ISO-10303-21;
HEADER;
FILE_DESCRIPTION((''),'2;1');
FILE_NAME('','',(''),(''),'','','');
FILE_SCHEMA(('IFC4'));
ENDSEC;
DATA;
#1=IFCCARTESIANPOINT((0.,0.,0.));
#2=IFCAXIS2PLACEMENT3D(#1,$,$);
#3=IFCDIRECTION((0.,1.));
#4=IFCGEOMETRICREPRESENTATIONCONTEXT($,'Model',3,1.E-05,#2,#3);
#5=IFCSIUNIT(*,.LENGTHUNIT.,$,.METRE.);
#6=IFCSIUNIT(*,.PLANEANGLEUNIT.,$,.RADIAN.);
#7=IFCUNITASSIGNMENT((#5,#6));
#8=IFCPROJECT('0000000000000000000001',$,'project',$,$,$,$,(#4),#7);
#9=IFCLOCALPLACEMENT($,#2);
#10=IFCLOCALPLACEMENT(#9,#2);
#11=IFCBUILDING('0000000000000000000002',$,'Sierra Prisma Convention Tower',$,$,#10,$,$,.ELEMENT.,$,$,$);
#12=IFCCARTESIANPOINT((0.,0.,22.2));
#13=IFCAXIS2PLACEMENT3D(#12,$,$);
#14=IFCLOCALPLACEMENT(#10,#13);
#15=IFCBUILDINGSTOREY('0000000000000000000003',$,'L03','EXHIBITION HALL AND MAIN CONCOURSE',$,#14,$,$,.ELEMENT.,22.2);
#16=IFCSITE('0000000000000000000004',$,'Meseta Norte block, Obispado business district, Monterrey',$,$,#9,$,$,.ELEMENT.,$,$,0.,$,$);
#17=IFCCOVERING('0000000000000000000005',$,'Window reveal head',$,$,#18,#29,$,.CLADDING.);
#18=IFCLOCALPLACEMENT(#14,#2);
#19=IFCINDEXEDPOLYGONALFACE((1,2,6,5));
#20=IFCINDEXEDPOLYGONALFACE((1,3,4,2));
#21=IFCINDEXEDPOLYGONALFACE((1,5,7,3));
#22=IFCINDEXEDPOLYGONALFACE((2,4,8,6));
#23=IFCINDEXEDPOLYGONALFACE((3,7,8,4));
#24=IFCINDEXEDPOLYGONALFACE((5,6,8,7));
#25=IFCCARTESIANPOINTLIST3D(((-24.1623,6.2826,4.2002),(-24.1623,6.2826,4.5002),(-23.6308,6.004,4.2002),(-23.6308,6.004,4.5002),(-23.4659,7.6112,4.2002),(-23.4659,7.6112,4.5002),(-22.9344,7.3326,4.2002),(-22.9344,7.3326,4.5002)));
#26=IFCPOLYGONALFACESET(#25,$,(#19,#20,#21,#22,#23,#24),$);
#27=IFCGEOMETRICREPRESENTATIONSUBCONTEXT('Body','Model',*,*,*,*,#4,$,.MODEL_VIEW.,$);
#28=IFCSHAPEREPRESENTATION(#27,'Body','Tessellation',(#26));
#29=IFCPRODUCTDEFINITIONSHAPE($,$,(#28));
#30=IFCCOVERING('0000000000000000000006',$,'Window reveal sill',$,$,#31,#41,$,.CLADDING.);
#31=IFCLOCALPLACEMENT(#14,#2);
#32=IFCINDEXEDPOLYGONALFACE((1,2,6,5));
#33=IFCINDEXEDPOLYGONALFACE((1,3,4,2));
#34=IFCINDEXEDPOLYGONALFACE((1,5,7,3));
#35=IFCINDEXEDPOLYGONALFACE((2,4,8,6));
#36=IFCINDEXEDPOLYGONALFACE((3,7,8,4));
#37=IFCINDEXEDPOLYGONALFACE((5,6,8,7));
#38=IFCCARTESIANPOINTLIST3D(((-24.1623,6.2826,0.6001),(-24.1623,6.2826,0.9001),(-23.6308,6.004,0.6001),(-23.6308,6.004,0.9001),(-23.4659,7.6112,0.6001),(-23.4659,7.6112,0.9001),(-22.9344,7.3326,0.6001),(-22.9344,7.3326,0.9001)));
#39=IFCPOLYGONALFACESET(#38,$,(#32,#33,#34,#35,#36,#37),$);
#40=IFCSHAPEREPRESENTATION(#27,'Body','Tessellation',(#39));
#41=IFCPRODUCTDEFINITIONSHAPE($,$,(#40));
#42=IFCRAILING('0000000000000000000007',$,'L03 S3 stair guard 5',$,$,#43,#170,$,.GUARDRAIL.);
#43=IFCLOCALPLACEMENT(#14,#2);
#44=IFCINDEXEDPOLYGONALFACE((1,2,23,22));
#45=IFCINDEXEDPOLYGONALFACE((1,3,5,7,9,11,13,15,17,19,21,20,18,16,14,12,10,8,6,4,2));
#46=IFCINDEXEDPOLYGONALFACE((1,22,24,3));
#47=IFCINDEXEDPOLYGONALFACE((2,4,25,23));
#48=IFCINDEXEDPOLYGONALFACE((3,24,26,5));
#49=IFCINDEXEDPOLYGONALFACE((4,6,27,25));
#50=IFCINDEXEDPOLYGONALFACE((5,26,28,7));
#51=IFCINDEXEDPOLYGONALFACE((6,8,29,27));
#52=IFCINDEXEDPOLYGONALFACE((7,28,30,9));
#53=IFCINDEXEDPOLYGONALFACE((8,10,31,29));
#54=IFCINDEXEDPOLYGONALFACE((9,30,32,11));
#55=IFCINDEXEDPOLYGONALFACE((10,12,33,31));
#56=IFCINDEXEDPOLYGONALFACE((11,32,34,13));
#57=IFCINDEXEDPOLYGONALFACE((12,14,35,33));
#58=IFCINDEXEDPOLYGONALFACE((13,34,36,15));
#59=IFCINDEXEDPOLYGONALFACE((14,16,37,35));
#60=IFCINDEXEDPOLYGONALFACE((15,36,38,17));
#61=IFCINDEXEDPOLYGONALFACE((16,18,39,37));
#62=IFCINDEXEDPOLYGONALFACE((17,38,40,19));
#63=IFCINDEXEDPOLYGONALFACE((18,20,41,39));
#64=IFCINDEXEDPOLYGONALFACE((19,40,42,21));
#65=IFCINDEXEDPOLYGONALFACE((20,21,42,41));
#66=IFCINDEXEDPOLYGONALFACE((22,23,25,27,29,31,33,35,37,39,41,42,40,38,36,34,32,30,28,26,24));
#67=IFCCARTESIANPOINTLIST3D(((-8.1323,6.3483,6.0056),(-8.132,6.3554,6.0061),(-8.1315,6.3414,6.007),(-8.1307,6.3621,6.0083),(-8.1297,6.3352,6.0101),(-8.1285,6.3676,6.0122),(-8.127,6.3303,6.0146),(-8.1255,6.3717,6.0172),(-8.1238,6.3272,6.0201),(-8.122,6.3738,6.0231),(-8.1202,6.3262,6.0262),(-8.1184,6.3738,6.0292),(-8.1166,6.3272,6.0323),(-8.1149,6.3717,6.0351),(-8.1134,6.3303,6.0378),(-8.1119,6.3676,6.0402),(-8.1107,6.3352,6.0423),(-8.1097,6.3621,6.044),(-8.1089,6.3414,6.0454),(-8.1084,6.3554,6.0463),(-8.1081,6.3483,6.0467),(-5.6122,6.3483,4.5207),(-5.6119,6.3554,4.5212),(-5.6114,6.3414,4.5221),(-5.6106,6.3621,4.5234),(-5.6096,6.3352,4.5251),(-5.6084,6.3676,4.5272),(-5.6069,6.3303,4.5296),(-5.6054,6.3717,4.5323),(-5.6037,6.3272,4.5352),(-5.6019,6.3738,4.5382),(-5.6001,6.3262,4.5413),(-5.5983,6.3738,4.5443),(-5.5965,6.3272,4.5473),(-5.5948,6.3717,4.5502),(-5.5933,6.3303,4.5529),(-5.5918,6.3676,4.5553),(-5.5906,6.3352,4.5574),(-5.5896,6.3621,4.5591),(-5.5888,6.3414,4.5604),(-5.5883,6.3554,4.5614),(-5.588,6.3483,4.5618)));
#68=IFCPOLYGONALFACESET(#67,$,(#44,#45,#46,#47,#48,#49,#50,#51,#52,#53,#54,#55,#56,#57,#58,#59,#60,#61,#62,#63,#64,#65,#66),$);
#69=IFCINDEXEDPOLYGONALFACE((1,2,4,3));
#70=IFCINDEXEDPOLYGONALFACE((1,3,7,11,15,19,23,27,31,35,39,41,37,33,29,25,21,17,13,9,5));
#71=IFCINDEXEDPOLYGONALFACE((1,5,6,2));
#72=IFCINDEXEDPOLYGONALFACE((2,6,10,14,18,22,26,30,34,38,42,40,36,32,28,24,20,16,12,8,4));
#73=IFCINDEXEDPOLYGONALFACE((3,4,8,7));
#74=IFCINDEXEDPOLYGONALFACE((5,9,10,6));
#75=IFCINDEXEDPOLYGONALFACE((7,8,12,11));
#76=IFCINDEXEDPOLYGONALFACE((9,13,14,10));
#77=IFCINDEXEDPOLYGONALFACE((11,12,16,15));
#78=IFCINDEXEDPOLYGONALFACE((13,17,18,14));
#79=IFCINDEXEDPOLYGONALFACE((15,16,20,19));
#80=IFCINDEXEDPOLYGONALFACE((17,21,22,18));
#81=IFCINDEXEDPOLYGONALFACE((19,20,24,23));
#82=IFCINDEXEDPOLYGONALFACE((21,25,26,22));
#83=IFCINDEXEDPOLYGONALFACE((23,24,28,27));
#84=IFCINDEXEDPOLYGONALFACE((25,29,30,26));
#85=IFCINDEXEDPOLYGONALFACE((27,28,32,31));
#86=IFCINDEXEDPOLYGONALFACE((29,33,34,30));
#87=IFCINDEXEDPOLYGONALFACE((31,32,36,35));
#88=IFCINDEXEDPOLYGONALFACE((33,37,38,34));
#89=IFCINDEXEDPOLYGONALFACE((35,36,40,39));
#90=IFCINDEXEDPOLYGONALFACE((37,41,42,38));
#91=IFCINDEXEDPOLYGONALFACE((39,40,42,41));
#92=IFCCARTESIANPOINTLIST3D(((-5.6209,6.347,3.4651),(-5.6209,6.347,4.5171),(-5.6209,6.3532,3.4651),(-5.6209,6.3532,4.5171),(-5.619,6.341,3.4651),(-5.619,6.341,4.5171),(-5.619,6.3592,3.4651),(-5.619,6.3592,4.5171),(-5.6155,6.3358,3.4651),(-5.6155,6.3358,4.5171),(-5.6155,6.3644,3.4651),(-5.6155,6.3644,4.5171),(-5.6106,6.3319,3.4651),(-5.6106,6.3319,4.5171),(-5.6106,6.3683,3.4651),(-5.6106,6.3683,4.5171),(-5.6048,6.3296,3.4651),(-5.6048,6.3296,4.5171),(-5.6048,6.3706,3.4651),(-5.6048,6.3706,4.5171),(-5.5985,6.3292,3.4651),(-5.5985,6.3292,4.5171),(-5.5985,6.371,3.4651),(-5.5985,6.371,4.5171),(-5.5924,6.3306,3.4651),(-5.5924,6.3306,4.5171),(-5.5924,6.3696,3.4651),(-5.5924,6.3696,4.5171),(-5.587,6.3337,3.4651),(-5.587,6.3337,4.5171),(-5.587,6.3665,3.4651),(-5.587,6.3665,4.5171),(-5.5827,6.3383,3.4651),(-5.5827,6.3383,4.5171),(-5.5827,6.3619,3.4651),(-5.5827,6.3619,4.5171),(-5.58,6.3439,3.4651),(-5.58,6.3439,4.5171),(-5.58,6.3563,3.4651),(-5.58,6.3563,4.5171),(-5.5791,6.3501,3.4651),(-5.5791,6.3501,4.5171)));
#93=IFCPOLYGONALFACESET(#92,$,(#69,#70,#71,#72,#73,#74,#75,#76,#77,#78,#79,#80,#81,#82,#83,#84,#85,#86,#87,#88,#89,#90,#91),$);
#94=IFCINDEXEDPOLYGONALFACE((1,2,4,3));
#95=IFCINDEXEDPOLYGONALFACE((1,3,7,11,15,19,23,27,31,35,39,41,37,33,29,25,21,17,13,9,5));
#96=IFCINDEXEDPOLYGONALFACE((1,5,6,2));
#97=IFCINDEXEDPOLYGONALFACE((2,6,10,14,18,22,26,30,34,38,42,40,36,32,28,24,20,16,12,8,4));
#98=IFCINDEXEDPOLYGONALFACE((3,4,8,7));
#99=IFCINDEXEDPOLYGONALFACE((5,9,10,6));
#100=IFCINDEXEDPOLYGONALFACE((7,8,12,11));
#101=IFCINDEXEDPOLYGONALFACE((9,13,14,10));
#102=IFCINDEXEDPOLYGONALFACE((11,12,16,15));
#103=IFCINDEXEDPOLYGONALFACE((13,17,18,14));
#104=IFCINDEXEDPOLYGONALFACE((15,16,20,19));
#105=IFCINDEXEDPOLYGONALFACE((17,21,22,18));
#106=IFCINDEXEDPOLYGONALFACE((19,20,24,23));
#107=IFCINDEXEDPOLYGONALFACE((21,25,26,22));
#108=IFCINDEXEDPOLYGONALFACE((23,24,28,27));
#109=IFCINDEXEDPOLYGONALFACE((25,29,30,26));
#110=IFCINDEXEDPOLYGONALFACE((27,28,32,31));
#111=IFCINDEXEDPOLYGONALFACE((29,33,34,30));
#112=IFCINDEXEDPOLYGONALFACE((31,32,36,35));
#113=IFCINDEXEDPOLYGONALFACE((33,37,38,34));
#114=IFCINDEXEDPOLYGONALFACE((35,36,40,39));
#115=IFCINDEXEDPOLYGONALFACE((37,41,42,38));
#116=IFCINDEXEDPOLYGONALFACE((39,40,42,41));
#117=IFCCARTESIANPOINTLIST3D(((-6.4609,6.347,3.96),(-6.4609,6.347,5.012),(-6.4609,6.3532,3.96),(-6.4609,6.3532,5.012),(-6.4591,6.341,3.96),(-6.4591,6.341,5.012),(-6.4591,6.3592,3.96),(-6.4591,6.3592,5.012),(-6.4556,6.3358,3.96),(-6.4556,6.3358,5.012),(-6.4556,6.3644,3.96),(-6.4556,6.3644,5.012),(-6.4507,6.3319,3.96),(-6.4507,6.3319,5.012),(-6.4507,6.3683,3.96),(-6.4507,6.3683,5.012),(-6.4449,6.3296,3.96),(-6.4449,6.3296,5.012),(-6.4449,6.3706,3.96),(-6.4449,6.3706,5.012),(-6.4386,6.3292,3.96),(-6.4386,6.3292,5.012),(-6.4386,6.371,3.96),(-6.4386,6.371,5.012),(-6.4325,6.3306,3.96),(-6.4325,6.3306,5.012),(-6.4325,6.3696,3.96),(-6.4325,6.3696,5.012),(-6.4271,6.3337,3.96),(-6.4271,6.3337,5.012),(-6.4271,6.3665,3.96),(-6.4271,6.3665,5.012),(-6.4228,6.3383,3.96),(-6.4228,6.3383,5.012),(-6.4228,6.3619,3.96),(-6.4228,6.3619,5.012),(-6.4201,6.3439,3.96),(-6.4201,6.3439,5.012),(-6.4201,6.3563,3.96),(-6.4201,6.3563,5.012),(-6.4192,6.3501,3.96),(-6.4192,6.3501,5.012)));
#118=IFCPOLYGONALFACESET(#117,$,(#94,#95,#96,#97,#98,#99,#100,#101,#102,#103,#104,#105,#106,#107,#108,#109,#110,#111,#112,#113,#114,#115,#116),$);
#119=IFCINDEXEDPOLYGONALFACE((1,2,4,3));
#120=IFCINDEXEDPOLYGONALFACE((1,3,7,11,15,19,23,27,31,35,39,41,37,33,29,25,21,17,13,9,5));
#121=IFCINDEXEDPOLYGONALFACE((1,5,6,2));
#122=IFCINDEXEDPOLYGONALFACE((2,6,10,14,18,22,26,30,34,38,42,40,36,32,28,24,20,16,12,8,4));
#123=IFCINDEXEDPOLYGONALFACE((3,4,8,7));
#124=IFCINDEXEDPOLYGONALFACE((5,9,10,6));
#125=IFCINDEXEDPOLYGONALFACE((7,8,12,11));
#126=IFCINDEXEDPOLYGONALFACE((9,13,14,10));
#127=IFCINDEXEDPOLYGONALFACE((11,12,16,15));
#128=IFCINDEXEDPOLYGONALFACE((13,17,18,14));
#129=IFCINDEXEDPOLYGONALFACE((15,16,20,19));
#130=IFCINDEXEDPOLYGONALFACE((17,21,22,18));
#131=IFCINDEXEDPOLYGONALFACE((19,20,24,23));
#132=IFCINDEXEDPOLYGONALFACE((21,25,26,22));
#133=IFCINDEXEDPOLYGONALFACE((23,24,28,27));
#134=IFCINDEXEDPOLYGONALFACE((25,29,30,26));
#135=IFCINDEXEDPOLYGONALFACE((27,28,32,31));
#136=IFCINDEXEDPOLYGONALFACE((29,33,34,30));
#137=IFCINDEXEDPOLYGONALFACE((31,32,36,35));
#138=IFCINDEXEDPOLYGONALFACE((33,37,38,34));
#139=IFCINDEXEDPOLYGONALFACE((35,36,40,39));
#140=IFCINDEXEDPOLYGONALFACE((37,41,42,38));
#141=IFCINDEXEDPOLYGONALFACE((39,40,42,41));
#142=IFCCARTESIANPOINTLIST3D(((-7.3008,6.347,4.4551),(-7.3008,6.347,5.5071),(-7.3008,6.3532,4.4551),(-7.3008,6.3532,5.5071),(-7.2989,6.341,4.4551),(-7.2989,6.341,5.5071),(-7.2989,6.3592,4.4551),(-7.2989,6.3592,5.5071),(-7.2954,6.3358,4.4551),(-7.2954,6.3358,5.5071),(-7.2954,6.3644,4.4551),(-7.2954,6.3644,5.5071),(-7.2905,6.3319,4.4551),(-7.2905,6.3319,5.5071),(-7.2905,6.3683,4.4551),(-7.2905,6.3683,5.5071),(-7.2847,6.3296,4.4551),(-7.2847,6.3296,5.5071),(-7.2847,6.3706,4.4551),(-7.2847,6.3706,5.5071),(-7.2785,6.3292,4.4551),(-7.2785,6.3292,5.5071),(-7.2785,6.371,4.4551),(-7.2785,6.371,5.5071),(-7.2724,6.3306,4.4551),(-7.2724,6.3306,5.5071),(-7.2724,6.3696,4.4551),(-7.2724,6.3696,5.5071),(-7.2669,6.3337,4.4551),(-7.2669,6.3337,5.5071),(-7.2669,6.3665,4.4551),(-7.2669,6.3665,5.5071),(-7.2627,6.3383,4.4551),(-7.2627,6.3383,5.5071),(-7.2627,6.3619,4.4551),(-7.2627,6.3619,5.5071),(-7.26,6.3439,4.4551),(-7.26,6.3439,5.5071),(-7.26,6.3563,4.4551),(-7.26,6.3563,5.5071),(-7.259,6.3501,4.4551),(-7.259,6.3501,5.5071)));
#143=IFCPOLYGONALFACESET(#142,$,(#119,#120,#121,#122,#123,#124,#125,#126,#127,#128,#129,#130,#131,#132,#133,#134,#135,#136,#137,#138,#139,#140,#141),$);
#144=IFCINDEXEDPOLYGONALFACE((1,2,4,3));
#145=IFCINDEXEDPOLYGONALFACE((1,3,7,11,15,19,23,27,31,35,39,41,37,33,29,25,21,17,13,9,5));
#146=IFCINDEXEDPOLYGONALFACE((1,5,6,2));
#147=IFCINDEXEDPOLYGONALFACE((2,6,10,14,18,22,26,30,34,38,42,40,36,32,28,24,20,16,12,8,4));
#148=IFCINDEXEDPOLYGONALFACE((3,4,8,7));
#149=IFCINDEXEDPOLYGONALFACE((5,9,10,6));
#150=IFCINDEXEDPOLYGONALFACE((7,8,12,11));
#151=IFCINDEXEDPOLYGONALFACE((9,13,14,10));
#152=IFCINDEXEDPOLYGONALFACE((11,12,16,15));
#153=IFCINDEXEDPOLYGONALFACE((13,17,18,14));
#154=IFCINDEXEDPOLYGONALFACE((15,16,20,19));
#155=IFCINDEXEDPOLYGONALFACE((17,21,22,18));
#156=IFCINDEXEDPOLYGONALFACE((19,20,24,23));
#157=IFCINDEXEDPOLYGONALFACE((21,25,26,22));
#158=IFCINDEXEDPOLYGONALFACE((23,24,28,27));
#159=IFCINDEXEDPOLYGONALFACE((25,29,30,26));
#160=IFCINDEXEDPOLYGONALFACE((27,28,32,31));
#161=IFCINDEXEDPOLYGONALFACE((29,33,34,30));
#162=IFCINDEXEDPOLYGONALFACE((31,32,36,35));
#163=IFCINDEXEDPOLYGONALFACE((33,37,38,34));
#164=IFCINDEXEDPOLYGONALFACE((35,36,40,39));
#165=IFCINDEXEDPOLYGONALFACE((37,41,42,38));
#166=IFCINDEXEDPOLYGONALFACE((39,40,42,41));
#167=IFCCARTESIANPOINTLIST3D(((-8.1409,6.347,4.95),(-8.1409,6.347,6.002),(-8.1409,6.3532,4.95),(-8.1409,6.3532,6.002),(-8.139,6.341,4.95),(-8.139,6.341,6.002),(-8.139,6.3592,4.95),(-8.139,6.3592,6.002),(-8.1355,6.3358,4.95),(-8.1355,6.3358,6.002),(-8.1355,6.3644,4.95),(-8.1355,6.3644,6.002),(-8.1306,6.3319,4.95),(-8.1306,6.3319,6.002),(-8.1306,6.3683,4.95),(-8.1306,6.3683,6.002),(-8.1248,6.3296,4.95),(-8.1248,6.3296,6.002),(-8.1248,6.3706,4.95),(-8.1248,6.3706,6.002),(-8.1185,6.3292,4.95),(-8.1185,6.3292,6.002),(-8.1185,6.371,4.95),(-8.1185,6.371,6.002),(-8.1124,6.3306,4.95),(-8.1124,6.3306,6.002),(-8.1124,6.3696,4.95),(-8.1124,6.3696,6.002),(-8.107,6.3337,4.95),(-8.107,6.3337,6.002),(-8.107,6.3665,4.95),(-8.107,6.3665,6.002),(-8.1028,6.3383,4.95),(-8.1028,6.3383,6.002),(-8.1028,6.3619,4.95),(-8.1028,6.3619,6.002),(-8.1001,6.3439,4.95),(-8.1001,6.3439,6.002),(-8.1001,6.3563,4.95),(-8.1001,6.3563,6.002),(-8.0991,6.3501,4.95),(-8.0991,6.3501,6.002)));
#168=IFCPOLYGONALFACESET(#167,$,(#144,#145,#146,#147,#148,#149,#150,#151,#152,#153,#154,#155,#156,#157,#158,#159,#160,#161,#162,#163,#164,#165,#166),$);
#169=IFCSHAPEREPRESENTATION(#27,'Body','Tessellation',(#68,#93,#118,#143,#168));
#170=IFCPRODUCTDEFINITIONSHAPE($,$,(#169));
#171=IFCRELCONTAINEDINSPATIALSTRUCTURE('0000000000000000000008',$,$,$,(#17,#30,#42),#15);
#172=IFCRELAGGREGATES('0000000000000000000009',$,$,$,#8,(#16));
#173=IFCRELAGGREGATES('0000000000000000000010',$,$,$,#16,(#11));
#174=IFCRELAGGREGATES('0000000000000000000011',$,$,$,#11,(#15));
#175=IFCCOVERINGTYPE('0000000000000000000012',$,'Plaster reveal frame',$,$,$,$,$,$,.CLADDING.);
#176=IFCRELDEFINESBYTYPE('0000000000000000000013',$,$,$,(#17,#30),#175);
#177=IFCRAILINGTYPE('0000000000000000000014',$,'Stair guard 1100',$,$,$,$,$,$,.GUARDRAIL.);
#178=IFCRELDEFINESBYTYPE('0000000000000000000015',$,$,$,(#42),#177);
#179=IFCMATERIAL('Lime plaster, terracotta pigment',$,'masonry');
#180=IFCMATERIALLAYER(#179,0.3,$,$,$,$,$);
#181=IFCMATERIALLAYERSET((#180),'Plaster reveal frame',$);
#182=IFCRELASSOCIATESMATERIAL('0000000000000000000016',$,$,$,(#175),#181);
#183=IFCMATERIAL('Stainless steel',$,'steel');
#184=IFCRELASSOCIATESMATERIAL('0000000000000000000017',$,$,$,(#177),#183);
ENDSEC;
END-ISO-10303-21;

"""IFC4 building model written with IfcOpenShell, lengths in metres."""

from ifc_helpers import new_model, si_unit, direction, frame, origin, origin_2d, place, context, subcontext, project, spatial, rectangle, circle, extrude, material, layer, layer_set, type_object, element, save


model = new_model("IFC4")

# Units and contexts
model_context = context("Model", 3, precision=1e-05, world=origin(), true_north=direction((0.0, 1.0)))
body_context = subcontext(model_context, "Body", "Model", "MODEL_VIEW")
ifc_project = project(units=[si_unit("LENGTHUNIT", "METRE"), si_unit("PLANEANGLEUNIT", "RADIAN")], contexts=[model_context])

# Site, building, storey
site_placement = place(None, origin())
site = spatial("IfcSite", under=ifc_project, at=site_placement, Name="Meseta Norte block, Obispado business district, Monterrey", CompositionType="ELEMENT", RefElevation=0.0)
building_placement = place(site_placement, origin())
building = spatial("IfcBuilding", under=site, at=building_placement, Name="Sierra Prisma Convention Tower", CompositionType="ELEMENT")
storey_placement = place(building_placement, frame((0.0, 0.0, 22.2)))
storey = spatial("IfcBuildingStorey", under=building, at=storey_placement, Name="L03", Description="EXHIBITION HALL AND MAIN CONCOURSE", CompositionType="ELEMENT", Elevation=22.2)

# Coverings
ifc_material_1 = material(Name="Lime plaster, terracotta pigment", Category="masonry")
ifc_layer_1 = layer(ifc_material_1, 0.3)
ifc_layer_set_1 = layer_set([ifc_layer_1], Name="Plaster reveal frame")
covering_type = type_object("IfcCoveringType", Name="Plaster reveal frame", PredefinedType="CLADDING", material=ifc_layer_set_1)
for number, where, z_axis, x_axis, name in (
    (1, (-23.5483, 6.8076, 4.2002), (0.0, 0.0, 1.0), (0.464253, 0.885703, 0.0), "Window reveal head"),
    (2, (-23.5483, 6.8076, 0.6001), (0.0, 0.0, 1.0), (0.464253, 0.885703, 0.0), "Window reveal sill"),
):
    element("IfcCovering", number, at=place(storey_placement, frame(where, z_axis=z_axis, x_axis=x_axis)), inside=storey, type_object=covering_type, Name=name, PredefinedType="CLADDING", context=body_context, shape_type="SweptSolid", body=[
        extrude(rectangle(XDim=1.5, YDim=0.6001, at=origin_2d()), origin(), (0.0, 0.0, 1.0), 0.3),
    ])

# Railing
ifc_material_2 = material(Name="Stainless steel", Category="steel")
railing_type_1 = type_object("IfcRailingType", Name="Stair guard 1100", PredefinedType="GUARDRAIL", material=ifc_material_2)
railing_1_placement = place(storey_placement, frame((-5.6001, 6.3501, 3.4651)))
element("IfcRailing", 3, at=railing_1_placement, inside=storey, type_object=railing_type_1, Name="L03 S3 stair guard 5", PredefinedType="GUARDRAIL", context=body_context, shape_type="SweptSolid", body=[
    extrude(circle(Radius=0.0239, at=origin_2d()), frame((0.0, 0.0, 1.0762), z_axis=(-0.861561, 0.0, 0.507655), x_axis=(0.0, -1.0, 0.0)), (0.0, 0.0, 1.0), 2.925),
    extrude(circle(Radius=0.021, at=origin_2d()), origin(), (0.0, 0.0, 1.0), 1.052),
    extrude(circle(Radius=0.021, at=origin_2d()), frame((-0.8401, 0.0, 0.4949)), (0.0, 0.0, 1.0), 1.052),
    extrude(circle(Radius=0.021, at=origin_2d()), frame((-1.6799, 0.0, 0.99)), (0.0, 0.0, 1.0), 1.052),
    extrude(circle(Radius=0.021, at=origin_2d()), frame((-2.52, 0.0, 1.4849)), (0.0, 0.0, 1.0), 1.052),
])

save(model, "model.ifc")
